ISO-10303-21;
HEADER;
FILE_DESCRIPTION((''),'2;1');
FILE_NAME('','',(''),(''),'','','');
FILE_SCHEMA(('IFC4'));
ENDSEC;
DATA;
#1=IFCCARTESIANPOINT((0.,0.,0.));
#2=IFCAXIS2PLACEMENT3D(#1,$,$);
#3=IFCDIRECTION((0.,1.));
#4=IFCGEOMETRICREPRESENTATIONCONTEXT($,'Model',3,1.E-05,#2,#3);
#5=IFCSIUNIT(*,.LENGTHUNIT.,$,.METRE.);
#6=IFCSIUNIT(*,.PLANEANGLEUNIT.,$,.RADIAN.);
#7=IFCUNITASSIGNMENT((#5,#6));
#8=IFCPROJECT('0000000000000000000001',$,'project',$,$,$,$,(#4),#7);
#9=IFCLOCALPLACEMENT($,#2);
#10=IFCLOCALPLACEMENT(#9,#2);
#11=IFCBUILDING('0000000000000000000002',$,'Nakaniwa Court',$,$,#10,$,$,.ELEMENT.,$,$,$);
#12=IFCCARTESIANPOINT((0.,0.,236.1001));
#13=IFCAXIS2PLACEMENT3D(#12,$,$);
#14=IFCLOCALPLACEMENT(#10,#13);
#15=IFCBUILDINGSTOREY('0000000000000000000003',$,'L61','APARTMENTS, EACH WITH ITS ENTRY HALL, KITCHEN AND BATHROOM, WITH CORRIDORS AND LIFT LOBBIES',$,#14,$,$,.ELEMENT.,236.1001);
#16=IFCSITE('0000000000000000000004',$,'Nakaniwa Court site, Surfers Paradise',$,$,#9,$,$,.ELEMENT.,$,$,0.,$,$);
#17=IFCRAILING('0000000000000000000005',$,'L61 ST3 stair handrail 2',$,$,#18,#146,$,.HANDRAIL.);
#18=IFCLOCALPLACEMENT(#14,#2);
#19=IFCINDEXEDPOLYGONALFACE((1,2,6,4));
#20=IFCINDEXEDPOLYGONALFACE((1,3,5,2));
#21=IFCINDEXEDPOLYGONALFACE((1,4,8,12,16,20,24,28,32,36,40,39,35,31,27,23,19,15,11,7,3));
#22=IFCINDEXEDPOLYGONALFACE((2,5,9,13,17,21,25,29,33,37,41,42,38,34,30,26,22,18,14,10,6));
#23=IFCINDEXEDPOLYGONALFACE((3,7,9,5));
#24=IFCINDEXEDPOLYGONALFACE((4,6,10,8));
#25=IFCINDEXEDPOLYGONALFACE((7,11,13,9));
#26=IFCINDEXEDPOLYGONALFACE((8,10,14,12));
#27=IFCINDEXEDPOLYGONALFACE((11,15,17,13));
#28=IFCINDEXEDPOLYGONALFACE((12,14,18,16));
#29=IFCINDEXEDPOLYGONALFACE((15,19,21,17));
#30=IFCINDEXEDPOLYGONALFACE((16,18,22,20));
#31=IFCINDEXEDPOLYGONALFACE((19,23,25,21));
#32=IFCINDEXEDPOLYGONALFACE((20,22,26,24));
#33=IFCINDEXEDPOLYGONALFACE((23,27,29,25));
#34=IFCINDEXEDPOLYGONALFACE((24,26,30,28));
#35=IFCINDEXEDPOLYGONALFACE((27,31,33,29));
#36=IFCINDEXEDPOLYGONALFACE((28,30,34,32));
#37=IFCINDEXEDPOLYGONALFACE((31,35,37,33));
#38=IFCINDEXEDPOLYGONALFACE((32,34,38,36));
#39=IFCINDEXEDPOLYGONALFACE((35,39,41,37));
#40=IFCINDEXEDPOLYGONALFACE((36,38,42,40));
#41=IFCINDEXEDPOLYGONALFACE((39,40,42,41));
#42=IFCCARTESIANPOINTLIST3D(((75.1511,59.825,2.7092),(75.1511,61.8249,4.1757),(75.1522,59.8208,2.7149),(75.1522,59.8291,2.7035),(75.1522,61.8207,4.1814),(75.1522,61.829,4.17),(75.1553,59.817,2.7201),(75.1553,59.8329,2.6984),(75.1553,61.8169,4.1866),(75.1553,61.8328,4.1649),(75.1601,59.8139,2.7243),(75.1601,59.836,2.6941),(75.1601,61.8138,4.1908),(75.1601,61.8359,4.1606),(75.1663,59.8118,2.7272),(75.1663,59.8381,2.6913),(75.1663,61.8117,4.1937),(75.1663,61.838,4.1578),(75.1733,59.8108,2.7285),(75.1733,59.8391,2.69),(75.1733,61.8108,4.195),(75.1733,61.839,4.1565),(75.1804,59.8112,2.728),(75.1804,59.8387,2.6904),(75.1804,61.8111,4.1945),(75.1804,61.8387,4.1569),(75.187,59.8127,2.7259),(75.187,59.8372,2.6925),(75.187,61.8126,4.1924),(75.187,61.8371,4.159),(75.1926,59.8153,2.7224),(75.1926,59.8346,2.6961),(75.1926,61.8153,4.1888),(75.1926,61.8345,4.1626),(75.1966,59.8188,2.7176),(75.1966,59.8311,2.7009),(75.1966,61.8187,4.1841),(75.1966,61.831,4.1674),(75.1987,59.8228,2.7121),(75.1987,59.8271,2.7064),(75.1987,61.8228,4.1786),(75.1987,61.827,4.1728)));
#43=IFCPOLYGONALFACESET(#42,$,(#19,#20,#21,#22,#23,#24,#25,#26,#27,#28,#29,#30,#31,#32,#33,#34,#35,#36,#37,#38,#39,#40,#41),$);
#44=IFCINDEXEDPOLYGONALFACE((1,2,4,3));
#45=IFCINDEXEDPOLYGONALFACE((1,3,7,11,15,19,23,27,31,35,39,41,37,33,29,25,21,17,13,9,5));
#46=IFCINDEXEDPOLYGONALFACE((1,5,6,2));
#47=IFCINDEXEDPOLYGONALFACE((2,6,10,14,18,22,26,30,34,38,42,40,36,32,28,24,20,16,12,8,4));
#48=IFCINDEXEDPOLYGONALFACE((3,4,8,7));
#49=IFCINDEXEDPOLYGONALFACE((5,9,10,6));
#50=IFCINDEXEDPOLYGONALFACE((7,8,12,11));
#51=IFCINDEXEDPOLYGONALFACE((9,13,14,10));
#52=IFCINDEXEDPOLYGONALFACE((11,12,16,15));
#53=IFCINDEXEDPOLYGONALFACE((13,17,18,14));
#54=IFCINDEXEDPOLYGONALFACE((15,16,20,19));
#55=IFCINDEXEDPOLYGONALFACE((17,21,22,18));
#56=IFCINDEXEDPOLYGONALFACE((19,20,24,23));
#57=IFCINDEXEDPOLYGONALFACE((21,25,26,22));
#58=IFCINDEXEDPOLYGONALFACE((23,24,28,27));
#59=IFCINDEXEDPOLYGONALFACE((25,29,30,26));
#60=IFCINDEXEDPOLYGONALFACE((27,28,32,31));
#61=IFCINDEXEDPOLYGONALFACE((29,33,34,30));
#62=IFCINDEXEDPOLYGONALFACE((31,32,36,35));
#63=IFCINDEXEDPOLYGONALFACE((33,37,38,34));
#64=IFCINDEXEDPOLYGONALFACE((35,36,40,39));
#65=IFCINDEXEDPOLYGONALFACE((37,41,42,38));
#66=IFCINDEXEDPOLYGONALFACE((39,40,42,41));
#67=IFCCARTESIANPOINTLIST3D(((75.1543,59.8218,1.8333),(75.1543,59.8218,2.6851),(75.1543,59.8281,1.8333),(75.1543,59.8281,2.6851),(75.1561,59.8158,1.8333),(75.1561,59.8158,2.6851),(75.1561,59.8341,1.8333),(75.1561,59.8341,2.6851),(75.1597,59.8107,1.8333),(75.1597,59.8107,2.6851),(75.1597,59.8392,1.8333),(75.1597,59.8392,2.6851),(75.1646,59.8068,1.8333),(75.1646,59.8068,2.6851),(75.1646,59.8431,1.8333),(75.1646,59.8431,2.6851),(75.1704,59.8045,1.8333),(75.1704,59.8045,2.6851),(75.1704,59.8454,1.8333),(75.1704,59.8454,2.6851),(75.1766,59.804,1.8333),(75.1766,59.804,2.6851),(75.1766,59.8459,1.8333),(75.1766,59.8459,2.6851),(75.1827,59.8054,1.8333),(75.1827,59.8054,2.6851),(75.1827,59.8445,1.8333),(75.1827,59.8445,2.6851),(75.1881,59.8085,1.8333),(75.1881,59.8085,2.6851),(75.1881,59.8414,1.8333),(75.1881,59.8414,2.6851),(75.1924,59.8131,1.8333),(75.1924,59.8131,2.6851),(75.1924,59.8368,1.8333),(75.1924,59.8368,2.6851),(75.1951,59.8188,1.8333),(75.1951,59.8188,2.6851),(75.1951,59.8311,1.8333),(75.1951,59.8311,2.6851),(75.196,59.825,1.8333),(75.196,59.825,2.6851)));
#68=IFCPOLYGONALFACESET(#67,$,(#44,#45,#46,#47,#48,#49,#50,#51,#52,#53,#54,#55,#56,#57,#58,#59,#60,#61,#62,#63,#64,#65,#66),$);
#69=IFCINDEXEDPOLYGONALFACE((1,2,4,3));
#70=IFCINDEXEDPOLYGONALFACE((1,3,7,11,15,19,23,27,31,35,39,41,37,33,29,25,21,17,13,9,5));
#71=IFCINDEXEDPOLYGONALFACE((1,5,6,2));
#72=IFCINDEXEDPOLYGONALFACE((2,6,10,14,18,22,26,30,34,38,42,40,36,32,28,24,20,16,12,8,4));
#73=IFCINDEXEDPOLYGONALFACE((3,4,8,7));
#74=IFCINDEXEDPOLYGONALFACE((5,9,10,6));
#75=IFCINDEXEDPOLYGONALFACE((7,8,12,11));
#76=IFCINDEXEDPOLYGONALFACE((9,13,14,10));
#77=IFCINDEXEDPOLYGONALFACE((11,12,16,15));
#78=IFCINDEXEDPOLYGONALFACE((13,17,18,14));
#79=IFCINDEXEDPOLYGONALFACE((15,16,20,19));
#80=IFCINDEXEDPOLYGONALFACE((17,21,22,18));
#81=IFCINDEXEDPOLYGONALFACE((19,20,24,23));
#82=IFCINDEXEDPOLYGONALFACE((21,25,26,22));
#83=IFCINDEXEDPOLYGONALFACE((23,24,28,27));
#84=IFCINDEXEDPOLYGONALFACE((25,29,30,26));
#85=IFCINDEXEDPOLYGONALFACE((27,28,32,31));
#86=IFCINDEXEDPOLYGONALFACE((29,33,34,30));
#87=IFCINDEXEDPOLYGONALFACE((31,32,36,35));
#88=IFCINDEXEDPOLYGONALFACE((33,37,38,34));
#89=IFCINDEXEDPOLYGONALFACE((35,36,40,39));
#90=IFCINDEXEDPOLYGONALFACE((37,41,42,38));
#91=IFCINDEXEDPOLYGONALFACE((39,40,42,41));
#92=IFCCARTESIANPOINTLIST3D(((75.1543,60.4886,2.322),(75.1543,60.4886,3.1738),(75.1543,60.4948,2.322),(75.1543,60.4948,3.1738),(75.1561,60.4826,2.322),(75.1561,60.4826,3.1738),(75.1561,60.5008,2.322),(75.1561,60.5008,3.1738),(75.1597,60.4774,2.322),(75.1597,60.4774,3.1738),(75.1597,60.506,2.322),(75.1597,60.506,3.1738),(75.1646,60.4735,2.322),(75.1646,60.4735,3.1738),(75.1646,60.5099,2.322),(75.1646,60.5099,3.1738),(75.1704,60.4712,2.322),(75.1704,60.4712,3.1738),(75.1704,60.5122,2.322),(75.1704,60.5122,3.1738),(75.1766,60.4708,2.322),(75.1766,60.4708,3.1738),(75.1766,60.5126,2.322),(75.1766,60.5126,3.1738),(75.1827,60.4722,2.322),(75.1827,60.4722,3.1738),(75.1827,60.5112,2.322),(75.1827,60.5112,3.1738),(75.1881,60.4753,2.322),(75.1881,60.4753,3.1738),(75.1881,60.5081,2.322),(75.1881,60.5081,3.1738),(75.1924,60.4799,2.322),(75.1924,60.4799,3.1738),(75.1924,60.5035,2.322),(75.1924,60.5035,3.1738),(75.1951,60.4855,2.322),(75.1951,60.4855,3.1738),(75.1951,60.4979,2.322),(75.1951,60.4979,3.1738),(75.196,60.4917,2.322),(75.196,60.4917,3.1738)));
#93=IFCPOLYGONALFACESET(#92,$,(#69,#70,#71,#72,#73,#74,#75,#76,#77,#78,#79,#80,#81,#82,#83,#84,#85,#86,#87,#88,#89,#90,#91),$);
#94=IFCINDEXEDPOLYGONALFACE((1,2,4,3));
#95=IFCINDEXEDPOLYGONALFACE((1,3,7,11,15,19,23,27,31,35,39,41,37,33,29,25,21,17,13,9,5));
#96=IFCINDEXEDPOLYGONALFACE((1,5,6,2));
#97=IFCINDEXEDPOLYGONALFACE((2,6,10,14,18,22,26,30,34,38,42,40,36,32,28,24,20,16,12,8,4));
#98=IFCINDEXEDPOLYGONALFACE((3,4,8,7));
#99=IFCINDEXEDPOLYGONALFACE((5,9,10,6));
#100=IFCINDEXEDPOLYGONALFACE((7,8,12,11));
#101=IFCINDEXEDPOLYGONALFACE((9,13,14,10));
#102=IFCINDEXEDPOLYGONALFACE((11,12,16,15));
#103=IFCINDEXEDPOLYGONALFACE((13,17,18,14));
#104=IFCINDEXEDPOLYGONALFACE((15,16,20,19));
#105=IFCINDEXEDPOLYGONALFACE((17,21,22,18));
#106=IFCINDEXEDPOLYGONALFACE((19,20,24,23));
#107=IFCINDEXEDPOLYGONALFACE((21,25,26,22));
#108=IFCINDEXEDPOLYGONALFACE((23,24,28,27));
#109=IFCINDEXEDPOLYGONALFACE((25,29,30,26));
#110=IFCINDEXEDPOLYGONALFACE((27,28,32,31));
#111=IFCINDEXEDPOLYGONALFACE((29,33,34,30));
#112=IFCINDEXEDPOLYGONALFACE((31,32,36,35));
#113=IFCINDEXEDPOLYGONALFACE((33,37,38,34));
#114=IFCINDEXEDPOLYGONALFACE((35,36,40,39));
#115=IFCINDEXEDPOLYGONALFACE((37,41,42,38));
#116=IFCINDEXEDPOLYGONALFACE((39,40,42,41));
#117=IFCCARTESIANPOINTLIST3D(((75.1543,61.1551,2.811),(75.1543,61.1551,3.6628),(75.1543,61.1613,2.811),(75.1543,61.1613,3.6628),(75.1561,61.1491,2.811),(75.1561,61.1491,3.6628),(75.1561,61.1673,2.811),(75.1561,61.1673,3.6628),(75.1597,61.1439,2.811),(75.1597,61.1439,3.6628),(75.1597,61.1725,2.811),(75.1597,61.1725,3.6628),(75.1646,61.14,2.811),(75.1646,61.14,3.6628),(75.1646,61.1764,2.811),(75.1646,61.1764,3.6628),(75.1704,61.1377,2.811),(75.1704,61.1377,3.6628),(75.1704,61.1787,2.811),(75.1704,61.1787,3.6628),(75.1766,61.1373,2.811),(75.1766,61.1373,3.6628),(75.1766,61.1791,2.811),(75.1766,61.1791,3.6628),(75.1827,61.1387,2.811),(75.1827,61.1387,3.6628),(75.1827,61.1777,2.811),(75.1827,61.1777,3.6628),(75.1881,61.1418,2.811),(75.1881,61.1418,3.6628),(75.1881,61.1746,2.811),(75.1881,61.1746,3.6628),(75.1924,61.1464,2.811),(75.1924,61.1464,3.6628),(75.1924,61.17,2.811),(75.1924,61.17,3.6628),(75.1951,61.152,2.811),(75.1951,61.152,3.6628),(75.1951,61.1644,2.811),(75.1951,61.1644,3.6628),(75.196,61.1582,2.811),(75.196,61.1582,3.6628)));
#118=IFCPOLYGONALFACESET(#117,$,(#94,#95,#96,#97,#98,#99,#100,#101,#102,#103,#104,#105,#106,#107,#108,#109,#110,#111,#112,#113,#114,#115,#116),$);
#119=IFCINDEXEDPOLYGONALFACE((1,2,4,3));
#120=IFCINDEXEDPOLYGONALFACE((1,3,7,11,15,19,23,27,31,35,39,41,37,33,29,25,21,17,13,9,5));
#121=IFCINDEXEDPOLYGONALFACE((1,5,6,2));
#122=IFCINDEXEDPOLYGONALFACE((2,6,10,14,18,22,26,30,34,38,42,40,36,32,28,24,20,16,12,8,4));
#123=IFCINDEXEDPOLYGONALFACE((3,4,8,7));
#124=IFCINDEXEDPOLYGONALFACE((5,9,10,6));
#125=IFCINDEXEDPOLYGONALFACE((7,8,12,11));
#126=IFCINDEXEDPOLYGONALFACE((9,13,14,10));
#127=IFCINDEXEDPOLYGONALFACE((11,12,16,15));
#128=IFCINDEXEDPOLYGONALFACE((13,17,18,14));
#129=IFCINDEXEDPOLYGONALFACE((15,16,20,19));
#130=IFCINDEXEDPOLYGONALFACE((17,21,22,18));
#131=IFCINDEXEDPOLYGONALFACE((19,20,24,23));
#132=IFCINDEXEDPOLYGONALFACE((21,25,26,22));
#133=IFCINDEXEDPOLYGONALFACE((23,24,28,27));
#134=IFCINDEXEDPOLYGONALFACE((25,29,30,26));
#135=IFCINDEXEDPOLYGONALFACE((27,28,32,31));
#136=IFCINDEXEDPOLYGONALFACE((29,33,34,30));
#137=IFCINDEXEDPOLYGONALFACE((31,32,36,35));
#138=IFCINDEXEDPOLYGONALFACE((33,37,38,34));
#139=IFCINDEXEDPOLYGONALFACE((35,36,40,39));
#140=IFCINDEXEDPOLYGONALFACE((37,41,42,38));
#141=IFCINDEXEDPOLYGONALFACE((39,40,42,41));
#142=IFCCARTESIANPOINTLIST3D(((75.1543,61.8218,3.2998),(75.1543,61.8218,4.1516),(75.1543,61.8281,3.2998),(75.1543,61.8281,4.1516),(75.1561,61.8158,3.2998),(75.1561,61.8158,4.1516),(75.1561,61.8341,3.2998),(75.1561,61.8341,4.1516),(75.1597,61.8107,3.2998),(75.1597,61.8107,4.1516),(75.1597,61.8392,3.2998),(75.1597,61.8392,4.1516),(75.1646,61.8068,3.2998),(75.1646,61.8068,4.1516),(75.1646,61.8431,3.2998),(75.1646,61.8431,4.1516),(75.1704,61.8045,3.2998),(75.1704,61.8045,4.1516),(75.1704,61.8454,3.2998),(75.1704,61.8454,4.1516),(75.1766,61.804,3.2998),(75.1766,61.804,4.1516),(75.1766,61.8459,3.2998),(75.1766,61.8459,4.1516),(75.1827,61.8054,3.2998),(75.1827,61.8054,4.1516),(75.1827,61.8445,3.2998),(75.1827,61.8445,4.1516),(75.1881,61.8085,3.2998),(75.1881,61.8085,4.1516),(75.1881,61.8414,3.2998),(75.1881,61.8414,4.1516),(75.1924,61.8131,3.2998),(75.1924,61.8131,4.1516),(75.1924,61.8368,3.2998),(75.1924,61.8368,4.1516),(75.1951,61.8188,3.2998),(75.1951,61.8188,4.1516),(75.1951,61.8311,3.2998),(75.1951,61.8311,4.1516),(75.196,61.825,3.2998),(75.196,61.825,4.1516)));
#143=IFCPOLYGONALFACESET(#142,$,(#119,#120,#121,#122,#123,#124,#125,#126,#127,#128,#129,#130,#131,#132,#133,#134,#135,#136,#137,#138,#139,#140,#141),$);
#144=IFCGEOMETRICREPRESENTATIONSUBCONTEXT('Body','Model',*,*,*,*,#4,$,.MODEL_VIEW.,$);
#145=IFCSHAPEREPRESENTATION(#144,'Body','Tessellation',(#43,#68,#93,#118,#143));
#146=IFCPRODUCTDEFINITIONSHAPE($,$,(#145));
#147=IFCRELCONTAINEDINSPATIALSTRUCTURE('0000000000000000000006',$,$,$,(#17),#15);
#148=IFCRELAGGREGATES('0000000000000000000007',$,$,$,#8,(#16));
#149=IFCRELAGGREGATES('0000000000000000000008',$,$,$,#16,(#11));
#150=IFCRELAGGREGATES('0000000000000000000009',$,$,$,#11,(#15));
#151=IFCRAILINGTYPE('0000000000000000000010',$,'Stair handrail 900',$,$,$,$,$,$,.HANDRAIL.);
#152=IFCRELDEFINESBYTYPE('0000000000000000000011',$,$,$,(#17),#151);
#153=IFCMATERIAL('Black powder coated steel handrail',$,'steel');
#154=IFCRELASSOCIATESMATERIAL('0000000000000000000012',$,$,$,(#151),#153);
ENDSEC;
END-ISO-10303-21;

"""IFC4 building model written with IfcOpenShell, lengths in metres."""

from ifc_helpers import new_model, si_unit, direction, frame, origin, origin_2d, place, context, subcontext, project, spatial, circle, extrude, material, type_object, element, save


model = new_model("IFC4")

# Units and contexts
model_context = context("Model", 3, precision=1e-05, world=origin(), true_north=direction((0.0, 1.0)))
body_context = subcontext(model_context, "Body", "Model", "MODEL_VIEW")
ifc_project = project(units=[si_unit("LENGTHUNIT", "METRE"), si_unit("PLANEANGLEUNIT", "RADIAN")], contexts=[model_context])

# Site, building, storey
site_placement = place(None, origin())
site = spatial("IfcSite", under=ifc_project, at=site_placement, Name="Nakaniwa Court site, Surfers Paradise", CompositionType="ELEMENT", RefElevation=0.0)
building_placement = place(site_placement, origin())
building = spatial("IfcBuilding", under=site, at=building_placement, Name="Nakaniwa Court", CompositionType="ELEMENT")
storey_placement = place(building_placement, frame((0.0, 0.0, 236.1001)))
storey = spatial("IfcBuildingStorey", under=building, at=storey_placement, Name="L61", Description="APARTMENTS, EACH WITH ITS ENTRY HALL, KITCHEN AND BATHROOM, WITH CORRIDORS AND LIFT LOBBIES", CompositionType="ELEMENT", Elevation=236.1001)

# Railing
ifc_material_1 = material(Name="Black powder coated steel handrail", Category="steel")
railing_type_1 = type_object("IfcRailingType", Name="Stair handrail 900", PredefinedType="HANDRAIL", material=ifc_material_1)
railing_1_placement = place(storey_placement, frame((75.175, 59.825, 1.8333)))
element("IfcRailing", 1, at=railing_1_placement, inside=storey, type_object=railing_type_1, Name="L61 ST3 stair handrail 2", PredefinedType="HANDRAIL", context=body_context, shape_type="SweptSolid", body=[
    extrude(circle(Radius=0.0239, at=origin_2d()), frame((0.0, 0.0, 0.876), z_axis=(0.0, 0.806427, 0.591334), x_axis=(-1.0, 0.0, 0.0)), (0.0, 0.0, 1.0), 2.48),
    extrude(circle(Radius=0.021, at=origin_2d()), origin(), (0.0, 0.0, 1.0), 0.8518),
    extrude(circle(Radius=0.021, at=origin_2d()), frame((0.0, 0.6667, 0.4888)), (0.0, 0.0, 1.0), 0.8518),
    extrude(circle(Radius=0.021, at=origin_2d()), frame((0.0, 1.3333, 0.9778)), (0.0, 0.0, 1.0), 0.8518),
    extrude(circle(Radius=0.021, at=origin_2d()), frame((0.0, 2.0, 1.4666)), (0.0, 0.0, 1.0), 0.8518),
])

save(model, "model.ifc")
